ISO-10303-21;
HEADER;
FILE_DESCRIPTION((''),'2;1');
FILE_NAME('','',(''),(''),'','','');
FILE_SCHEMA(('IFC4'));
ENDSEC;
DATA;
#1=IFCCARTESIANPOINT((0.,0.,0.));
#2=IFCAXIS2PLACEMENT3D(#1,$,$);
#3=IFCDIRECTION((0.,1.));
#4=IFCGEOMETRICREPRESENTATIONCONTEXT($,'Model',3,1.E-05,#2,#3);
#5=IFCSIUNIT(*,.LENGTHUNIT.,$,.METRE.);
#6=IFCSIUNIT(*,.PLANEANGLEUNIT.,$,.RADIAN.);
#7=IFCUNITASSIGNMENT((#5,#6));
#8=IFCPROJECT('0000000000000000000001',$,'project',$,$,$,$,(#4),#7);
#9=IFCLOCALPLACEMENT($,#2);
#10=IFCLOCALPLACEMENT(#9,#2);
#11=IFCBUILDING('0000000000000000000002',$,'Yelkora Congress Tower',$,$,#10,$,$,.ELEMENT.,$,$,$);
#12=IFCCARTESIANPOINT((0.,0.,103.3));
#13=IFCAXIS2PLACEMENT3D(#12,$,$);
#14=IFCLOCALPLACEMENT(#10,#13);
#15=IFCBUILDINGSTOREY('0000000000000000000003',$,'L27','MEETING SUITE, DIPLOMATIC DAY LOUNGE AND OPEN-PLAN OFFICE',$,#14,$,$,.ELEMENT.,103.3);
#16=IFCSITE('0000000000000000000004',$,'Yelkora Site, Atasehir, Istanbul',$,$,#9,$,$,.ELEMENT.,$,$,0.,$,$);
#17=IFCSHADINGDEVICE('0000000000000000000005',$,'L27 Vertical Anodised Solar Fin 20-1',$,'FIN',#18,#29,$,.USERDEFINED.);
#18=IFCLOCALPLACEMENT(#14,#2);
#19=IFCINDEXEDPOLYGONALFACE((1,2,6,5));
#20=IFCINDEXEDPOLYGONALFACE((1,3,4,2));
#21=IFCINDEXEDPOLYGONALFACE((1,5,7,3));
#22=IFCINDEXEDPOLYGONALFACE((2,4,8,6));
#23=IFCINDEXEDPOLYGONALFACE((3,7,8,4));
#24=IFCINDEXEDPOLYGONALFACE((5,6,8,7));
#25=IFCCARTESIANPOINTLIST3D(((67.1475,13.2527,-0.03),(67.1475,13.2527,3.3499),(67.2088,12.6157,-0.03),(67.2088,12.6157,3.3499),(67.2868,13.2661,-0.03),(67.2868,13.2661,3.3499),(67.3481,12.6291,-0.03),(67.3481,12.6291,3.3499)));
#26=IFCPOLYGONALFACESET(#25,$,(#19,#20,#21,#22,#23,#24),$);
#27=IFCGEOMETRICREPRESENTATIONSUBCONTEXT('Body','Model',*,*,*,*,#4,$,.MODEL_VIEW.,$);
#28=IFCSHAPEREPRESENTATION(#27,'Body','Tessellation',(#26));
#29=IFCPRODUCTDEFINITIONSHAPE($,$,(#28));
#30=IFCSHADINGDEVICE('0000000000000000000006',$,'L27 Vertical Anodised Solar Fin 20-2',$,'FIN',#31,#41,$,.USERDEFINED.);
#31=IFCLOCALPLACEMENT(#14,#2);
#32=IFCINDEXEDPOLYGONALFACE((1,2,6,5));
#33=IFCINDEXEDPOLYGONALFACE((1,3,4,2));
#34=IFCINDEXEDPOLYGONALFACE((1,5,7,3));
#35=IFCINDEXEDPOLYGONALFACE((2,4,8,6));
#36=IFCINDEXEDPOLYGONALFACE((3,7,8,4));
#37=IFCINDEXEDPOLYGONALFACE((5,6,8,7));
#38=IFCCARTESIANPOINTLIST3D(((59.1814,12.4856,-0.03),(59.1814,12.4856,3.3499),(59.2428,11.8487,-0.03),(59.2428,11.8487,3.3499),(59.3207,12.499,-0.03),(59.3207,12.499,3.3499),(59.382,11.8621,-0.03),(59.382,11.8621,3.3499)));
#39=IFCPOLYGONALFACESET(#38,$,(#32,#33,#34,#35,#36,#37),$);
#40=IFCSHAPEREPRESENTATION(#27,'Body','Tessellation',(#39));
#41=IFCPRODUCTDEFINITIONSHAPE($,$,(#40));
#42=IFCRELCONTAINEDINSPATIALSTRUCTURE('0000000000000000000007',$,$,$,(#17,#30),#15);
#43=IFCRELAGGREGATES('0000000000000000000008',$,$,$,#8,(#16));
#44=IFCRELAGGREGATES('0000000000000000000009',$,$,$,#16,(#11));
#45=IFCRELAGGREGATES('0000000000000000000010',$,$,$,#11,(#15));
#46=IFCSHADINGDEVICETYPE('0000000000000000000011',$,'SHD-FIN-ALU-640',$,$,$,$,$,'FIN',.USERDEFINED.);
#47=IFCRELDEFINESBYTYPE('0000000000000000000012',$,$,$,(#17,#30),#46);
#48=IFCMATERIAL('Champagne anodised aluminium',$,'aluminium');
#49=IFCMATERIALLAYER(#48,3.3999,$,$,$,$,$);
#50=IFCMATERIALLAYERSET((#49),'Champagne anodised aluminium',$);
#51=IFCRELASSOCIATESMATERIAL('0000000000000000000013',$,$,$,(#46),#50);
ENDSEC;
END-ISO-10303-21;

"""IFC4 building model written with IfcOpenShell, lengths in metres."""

from ifc_helpers import new_model, si_unit, direction, frame, origin, origin_2d, place, context, subcontext, project, spatial, rectangle, extrude, material, layer, layer_set, type_object, element, save


model = new_model("IFC4")

# Units and contexts
model_context = context("Model", 3, precision=1e-05, world=origin(), true_north=direction((0.0, 1.0)))
body_context = subcontext(model_context, "Body", "Model", "MODEL_VIEW")
ifc_project = project(units=[si_unit("LENGTHUNIT", "METRE"), si_unit("PLANEANGLEUNIT", "RADIAN")], contexts=[model_context])

# Site, building, storey
site_placement = place(None, origin())
site = spatial("IfcSite", under=ifc_project, at=site_placement, Name="Yelkora Site, Atasehir, Istanbul", CompositionType="ELEMENT", RefElevation=0.0)
building_placement = place(site_placement, origin())
building = spatial("IfcBuilding", under=site, at=building_placement, Name="Yelkora Congress Tower", CompositionType="ELEMENT")
storey_placement = place(building_placement, frame((0.0, 0.0, 103.3)))
storey = spatial("IfcBuildingStorey", under=building, at=storey_placement, Name="L27", Description="MEETING SUITE, DIPLOMATIC DAY LOUNGE AND OPEN-PLAN OFFICE", CompositionType="ELEMENT", Elevation=103.3)

# Shading devices
ifc_material_1 = material(Name="Champagne anodised aluminium", Category="aluminium")
ifc_layer_1 = layer(ifc_material_1, 3.3999)
ifc_layer_set_1 = layer_set([ifc_layer_1], Name="Champagne anodised aluminium")
shading_device_type = type_object("IfcShadingDeviceType", Name="SHD-FIN-ALU-640", ElementType="FIN", PredefinedType="USERDEFINED", material=ifc_layer_set_1)
for number, where, z_axis, x_axis, name in (
    (1, (67.2478, 12.9409, -0.03), (0.0, 0.0, 1.0), (-0.995396, -0.095846, 0.0), "L27 Vertical Anodised Solar Fin 20-1"),
    (2, (59.2817, 12.1738, -0.03), (0.0, 0.0, 1.0), (-0.995396, -0.095846, 0.0), "L27 Vertical Anodised Solar Fin 20-2"),
):
    element("IfcShadingDevice", number, at=place(storey_placement, frame(where, z_axis=z_axis, x_axis=x_axis)), inside=storey, type_object=shading_device_type, Name=name, ObjectType="FIN", PredefinedType="USERDEFINED", context=body_context, shape_type="SweptSolid", body=[
        extrude(rectangle(XDim=0.1399, YDim=0.6399, at=origin_2d()), origin(), (0.0, 0.0, 1.0), 3.3799),
    ])

save(model, "model.ifc")
